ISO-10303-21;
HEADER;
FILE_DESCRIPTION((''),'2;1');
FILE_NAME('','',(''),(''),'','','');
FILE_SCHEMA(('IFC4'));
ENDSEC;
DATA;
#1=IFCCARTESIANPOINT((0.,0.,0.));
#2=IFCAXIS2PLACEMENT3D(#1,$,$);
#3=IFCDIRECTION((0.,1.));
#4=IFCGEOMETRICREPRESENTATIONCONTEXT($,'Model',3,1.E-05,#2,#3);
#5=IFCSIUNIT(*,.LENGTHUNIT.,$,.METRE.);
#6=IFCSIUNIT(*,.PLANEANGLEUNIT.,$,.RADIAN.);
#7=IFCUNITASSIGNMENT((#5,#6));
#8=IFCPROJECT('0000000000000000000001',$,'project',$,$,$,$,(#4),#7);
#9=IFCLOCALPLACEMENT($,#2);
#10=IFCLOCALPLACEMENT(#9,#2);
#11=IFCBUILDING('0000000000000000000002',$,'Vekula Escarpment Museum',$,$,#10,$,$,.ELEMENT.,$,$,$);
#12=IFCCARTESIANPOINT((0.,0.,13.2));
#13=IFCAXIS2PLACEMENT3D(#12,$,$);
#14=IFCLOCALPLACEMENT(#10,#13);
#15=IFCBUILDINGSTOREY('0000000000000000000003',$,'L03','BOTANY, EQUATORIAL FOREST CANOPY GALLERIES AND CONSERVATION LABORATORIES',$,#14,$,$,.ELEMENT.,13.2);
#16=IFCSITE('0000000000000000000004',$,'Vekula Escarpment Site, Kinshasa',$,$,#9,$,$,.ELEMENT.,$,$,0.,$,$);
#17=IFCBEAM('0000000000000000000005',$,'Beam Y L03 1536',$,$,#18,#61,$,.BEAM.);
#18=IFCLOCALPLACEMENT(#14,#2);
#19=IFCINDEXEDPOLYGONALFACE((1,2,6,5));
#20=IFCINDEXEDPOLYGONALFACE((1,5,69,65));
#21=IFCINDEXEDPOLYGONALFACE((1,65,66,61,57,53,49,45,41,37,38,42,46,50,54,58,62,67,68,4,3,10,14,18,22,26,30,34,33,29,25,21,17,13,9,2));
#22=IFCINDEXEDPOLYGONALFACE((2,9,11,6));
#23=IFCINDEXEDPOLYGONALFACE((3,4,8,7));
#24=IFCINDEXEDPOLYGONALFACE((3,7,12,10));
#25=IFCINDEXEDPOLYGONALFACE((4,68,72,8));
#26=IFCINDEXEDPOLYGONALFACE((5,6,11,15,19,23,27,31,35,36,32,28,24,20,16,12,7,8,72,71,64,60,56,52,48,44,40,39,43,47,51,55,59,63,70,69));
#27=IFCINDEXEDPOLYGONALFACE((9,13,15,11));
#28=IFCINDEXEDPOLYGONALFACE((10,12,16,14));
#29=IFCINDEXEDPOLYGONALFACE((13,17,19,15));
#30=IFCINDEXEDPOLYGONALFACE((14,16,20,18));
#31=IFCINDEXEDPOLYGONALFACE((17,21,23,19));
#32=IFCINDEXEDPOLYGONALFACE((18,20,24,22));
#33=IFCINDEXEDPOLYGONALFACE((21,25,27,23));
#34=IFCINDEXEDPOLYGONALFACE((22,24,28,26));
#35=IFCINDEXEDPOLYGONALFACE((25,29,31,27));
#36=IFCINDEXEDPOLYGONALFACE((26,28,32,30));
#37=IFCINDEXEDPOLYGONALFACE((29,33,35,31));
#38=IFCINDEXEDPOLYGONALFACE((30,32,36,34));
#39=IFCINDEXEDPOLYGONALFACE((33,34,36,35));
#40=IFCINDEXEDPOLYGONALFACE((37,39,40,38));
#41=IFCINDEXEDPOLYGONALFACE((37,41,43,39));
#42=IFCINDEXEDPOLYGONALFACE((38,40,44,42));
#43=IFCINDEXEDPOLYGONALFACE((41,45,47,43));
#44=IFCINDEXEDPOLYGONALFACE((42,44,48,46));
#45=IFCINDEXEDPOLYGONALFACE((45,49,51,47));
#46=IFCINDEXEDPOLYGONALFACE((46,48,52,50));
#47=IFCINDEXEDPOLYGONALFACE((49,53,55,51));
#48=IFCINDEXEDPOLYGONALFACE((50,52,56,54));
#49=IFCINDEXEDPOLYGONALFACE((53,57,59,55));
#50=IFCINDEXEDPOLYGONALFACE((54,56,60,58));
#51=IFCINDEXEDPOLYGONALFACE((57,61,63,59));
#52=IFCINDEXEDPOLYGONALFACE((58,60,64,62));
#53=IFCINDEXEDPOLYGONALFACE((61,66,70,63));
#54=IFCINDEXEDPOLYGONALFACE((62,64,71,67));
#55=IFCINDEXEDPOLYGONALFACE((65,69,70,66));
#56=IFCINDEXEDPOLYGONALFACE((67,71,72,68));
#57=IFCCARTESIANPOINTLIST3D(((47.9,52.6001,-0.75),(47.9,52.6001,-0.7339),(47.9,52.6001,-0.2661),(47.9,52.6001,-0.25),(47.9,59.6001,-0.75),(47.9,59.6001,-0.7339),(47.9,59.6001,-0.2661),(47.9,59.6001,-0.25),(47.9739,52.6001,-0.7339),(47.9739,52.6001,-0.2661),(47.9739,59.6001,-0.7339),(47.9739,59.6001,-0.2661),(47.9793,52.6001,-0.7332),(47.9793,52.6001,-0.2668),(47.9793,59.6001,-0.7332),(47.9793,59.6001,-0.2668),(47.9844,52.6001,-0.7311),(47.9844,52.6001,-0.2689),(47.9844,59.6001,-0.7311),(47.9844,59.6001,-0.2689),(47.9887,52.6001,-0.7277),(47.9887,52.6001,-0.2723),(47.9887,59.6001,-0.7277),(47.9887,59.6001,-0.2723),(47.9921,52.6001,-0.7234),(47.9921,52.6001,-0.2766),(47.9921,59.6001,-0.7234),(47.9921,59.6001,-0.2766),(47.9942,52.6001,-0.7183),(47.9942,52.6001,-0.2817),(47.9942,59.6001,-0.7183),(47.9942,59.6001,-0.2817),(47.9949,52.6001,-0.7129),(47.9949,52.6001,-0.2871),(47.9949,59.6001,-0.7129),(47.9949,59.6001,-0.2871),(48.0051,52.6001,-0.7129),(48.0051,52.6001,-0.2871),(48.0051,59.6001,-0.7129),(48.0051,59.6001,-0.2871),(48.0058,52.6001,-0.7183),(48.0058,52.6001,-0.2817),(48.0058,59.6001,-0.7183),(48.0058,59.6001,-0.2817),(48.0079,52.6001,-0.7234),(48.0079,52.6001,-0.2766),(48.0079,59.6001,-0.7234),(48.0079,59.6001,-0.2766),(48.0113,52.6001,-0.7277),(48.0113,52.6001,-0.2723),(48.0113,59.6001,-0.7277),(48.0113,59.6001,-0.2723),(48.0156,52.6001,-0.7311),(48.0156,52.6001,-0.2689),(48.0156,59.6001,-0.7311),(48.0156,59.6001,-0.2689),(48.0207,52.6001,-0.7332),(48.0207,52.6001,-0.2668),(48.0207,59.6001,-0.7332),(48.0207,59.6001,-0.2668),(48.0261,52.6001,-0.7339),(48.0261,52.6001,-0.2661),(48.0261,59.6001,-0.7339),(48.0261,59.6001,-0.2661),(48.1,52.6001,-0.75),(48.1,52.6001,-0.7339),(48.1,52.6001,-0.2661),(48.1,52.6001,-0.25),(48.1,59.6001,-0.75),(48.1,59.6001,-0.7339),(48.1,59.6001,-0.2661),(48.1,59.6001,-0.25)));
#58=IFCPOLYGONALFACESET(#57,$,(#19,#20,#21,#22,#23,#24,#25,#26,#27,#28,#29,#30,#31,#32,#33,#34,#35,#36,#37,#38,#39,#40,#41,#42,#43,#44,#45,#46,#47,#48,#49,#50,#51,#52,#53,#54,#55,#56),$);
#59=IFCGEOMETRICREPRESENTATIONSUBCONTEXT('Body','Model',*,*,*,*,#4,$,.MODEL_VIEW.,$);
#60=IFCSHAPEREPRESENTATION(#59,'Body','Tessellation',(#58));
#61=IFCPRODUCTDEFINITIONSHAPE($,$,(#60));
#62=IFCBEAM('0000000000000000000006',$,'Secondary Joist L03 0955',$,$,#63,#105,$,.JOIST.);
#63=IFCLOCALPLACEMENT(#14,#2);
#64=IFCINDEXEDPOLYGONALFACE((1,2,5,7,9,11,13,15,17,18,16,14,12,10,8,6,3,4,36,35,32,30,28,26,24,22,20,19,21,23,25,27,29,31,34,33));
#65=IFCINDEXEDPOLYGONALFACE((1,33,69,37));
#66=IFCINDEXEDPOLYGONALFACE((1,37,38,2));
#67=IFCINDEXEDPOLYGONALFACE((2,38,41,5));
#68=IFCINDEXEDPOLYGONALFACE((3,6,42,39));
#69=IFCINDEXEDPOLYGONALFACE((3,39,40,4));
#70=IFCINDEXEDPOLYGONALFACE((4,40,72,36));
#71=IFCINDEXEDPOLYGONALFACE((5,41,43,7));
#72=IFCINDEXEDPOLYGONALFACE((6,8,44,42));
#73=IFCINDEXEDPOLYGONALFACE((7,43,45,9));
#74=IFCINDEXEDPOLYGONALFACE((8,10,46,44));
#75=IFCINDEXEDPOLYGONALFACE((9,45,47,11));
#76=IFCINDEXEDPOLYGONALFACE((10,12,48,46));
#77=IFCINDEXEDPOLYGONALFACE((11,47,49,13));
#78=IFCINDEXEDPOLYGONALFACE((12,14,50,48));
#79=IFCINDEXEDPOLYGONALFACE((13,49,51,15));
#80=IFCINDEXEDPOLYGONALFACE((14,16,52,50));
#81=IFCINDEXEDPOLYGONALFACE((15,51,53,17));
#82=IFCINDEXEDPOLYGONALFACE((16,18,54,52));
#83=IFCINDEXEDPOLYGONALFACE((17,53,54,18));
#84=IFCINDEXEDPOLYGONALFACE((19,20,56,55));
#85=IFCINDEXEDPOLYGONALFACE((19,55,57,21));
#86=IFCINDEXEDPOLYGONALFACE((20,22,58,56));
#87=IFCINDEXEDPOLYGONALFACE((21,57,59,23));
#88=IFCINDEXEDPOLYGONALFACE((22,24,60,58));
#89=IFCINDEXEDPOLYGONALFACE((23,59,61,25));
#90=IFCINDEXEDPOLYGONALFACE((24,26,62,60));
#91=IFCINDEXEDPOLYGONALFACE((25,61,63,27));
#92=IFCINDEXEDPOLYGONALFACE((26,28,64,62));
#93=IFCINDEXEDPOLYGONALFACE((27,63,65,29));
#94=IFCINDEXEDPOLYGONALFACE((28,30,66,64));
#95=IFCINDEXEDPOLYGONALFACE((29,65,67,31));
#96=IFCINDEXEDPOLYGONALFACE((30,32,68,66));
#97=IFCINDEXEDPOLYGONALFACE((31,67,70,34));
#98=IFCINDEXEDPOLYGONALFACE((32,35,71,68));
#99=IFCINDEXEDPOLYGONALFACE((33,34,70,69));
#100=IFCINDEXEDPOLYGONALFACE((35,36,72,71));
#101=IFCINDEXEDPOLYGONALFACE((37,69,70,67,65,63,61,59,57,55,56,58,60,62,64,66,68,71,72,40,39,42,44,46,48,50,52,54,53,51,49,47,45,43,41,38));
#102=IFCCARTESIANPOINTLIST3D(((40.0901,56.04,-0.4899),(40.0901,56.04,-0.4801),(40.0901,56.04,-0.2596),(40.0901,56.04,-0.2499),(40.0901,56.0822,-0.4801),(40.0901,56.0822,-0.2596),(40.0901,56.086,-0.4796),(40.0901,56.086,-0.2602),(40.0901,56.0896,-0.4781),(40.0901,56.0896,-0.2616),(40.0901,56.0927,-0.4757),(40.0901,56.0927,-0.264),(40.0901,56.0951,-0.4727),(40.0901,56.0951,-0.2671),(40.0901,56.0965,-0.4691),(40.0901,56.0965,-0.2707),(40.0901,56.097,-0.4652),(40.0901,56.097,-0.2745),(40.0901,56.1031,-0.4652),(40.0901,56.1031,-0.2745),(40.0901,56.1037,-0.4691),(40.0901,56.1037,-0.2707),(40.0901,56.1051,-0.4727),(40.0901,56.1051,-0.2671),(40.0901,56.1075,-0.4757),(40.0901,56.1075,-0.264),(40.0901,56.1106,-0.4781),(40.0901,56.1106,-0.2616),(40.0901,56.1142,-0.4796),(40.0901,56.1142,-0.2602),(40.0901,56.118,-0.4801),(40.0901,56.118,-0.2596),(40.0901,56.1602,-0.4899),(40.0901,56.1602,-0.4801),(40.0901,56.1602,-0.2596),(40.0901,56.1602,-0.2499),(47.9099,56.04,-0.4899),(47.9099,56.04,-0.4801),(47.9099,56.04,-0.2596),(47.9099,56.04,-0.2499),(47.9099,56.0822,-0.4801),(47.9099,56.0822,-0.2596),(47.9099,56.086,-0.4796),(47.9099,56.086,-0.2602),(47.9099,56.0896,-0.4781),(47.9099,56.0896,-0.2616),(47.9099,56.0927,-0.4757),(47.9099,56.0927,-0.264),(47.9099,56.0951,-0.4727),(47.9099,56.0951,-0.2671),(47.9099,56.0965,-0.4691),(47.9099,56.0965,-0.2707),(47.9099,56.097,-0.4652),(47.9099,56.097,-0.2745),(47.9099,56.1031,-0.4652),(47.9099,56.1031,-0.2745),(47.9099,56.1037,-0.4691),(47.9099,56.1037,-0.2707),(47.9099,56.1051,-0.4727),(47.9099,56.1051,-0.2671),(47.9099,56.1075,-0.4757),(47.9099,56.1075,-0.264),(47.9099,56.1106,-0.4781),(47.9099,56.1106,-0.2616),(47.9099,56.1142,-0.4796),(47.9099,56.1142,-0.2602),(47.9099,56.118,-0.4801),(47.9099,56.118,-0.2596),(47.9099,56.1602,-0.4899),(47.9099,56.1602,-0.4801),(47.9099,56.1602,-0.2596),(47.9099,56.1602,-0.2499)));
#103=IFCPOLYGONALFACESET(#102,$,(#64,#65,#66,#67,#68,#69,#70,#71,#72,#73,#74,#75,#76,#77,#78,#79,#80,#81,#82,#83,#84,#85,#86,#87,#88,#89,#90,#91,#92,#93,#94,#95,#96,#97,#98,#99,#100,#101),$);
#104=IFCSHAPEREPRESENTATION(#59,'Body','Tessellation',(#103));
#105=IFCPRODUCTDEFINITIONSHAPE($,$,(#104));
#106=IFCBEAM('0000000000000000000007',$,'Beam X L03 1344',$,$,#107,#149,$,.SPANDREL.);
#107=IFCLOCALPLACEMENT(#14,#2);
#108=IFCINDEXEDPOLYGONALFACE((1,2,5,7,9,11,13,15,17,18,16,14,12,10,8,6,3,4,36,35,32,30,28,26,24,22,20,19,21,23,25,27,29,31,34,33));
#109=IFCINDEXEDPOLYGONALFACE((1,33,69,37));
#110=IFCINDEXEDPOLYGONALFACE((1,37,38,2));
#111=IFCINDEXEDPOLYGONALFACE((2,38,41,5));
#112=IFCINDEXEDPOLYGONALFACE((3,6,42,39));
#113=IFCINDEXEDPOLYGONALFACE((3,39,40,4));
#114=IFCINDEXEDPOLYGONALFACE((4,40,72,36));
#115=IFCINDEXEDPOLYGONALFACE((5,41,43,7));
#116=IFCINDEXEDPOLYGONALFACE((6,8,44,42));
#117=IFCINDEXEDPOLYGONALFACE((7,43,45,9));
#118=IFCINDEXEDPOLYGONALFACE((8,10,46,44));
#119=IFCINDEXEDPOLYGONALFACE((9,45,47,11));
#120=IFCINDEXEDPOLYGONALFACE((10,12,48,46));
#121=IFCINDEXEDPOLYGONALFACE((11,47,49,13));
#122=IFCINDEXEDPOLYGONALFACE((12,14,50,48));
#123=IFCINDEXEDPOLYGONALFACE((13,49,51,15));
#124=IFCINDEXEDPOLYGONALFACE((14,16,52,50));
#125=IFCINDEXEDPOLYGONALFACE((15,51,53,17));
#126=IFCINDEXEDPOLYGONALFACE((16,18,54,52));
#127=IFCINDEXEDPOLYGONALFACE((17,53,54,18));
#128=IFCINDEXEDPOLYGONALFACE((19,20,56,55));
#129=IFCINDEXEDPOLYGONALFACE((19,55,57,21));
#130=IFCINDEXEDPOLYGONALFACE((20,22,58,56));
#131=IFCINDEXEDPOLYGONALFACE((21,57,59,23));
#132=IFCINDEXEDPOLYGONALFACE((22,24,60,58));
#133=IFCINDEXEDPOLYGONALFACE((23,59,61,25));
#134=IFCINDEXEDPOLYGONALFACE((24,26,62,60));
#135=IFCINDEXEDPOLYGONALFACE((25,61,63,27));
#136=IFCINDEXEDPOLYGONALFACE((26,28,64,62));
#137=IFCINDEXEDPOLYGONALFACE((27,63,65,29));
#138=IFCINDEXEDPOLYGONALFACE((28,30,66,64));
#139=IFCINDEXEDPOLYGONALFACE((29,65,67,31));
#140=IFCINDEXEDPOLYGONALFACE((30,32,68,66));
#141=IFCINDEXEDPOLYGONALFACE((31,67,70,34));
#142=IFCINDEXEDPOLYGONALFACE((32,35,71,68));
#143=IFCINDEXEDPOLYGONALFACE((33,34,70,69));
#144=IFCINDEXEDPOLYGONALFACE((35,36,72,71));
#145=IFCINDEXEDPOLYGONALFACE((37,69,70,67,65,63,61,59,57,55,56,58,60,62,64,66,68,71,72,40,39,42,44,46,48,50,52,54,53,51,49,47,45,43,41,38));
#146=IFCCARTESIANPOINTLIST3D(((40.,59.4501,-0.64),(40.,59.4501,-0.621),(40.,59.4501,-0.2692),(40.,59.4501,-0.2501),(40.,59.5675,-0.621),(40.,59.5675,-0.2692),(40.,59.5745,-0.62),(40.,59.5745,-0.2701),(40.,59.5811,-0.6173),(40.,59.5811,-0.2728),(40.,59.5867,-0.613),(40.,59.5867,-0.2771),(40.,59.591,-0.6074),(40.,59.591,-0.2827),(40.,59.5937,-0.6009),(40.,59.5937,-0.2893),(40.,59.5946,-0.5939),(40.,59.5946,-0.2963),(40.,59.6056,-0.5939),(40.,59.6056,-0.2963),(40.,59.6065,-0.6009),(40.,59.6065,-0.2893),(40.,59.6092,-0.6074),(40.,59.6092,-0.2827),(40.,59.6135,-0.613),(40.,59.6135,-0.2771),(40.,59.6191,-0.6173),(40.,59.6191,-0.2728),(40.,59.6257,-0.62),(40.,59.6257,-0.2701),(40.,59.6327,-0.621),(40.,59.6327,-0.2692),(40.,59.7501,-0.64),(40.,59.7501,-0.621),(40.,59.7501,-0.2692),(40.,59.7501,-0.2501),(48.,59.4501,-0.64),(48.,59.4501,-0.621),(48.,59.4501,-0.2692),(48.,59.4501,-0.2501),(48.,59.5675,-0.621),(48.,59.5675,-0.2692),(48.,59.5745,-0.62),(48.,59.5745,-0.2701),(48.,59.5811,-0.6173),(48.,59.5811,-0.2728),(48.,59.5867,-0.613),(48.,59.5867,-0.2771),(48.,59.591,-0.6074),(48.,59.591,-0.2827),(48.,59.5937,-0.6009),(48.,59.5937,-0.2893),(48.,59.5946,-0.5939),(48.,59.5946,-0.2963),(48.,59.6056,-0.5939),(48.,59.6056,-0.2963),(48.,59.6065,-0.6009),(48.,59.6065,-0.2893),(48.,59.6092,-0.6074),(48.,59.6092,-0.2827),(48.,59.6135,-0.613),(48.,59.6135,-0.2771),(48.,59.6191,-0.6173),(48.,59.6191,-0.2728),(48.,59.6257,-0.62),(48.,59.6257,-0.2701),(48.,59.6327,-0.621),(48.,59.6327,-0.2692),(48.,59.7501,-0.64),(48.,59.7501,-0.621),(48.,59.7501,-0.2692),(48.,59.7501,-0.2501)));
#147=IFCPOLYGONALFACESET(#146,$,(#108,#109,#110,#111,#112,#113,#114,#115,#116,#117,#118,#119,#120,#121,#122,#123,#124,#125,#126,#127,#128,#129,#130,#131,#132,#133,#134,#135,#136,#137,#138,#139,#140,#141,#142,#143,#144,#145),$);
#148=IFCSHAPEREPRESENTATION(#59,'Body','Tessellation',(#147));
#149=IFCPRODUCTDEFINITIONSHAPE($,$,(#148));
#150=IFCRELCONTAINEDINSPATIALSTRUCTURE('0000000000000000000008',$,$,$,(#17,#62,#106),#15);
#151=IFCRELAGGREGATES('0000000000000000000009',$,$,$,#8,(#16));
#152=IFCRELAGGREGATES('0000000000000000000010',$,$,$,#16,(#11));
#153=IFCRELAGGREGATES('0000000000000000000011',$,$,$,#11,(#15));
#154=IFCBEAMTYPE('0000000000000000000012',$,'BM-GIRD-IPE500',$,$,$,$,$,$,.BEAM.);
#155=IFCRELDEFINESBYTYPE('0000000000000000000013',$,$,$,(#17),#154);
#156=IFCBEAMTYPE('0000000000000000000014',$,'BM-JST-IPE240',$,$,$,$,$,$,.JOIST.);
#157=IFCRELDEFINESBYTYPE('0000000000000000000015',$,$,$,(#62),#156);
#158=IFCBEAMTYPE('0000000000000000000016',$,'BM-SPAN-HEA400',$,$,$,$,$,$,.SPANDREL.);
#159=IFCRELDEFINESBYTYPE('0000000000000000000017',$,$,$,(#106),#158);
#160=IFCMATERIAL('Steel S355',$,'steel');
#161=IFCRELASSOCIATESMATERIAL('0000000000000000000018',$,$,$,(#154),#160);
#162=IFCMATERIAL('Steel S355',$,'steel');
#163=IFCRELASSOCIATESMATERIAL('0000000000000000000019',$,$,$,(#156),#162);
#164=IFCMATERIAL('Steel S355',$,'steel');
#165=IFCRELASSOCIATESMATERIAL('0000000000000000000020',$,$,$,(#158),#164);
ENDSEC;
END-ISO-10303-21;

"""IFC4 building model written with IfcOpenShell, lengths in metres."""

from ifc_helpers import new_model, si_unit, direction, frame, origin, origin_2d, place, context, subcontext, project, spatial, i_section, extrude, material, material_profile, profile_set, type_object, element, save


model = new_model("IFC4")

# Units and contexts
model_context = context("Model", 3, precision=1e-05, world=origin(), true_north=direction((0.0, 1.0)))
body_context = subcontext(model_context, "Body", "Model", "MODEL_VIEW")
ifc_project = project(units=[si_unit("LENGTHUNIT", "METRE"), si_unit("PLANEANGLEUNIT", "RADIAN")], contexts=[model_context])

# Site, building, storey
site_placement = place(None, origin())
site = spatial("IfcSite", under=ifc_project, at=site_placement, Name="Vekula Escarpment Site, Kinshasa", CompositionType="ELEMENT", RefElevation=0.0)
building_placement = place(site_placement, origin())
building = spatial("IfcBuilding", under=site, at=building_placement, Name="Vekula Escarpment Museum", CompositionType="ELEMENT")
storey_placement = place(building_placement, frame((0.0, 0.0, 13.2)))
storey = spatial("IfcBuildingStorey", under=building, at=storey_placement, Name="L03", Description="BOTANY, EQUATORIAL FOREST CANOPY GALLERIES AND CONSERVATION LABORATORIES", CompositionType="ELEMENT", Elevation=13.2)

# Beams
ifc_material_1 = material(Name="Steel S355", Category="steel")
ifc_material_profile_1 = material_profile(ifc_material_1, i_section(OverallWidth=0.2, OverallDepth=0.5, WebThickness=0.0103, FlangeThickness=0.0161, FilletRadius=0.021, at=origin_2d()), Name="IPE 500")
ifc_profile_set_1 = profile_set([ifc_material_profile_1], Name="Steel S355")
beam_type_1 = type_object("IfcBeamType", Name="BM-GIRD-IPE500", PredefinedType="BEAM", material=ifc_profile_set_1)
beam_1_placement = place(storey_placement, frame((48.0, 52.6001, -0.5), z_axis=(0.0, 1.0, 0.0), x_axis=(-1.0, 0.0, 0.0)))
element("IfcBeam", 1, at=beam_1_placement, inside=storey, type_object=beam_type_1, Name="Beam Y L03 1536", PredefinedType="BEAM", context=body_context, shape_type="SweptSolid", body=[
    extrude(i_section(OverallWidth=0.2, OverallDepth=0.5, WebThickness=0.0103, FlangeThickness=0.0161, FilletRadius=0.021, at=origin_2d()), origin(), (0.0, 0.0, 1.0), 7.0),
])
ifc_material_2 = material(Name="Steel S355", Category="steel")
ifc_material_profile_2 = material_profile(ifc_material_2, i_section(OverallWidth=0.1201, OverallDepth=0.24, WebThickness=0.0061, FlangeThickness=0.0098, FilletRadius=0.0149, at=origin_2d()), Name="IPE 240")
ifc_profile_set_2 = profile_set([ifc_material_profile_2], Name="Steel S355")
beam_type_2 = type_object("IfcBeamType", Name="BM-JST-IPE240", PredefinedType="JOIST", material=ifc_profile_set_2)
beam_2_placement = place(storey_placement, frame((40.0901, 56.1001, -0.3699), z_axis=(1.0, 0.0, 0.0), x_axis=(0.0, 1.0, 0.0)))
element("IfcBeam", 2, at=beam_2_placement, inside=storey, type_object=beam_type_2, Name="Secondary Joist L03 0955", PredefinedType="JOIST", context=body_context, shape_type="SweptSolid", body=[
    extrude(i_section(OverallWidth=0.1201, OverallDepth=0.24, WebThickness=0.0061, FlangeThickness=0.0098, FilletRadius=0.0149, at=origin_2d()), origin(), (0.0, 0.0, 1.0), 7.8198),
])
ifc_material_3 = material(Name="Steel S355", Category="steel")
ifc_material_profile_3 = material_profile(ifc_material_3, i_section(OverallWidth=0.3, OverallDepth=0.3899, WebThickness=0.011, FlangeThickness=0.019, FilletRadius=0.0271, at=origin_2d()), Name="HEA 400")
ifc_profile_set_3 = profile_set([ifc_material_profile_3], Name="Steel S355")
beam_type_3 = type_object("IfcBeamType", Name="BM-SPAN-HEA400", PredefinedType="SPANDREL", material=ifc_profile_set_3)
beam_3_placement = place(storey_placement, frame((40.0, 59.6001, -0.4451), z_axis=(1.0, 0.0, 0.0), x_axis=(0.0, 1.0, 0.0)))
element("IfcBeam", 3, at=beam_3_placement, inside=storey, type_object=beam_type_3, Name="Beam X L03 1344", PredefinedType="SPANDREL", context=body_context, shape_type="SweptSolid", body=[
    extrude(i_section(OverallWidth=0.3, OverallDepth=0.3899, WebThickness=0.011, FlangeThickness=0.019, FilletRadius=0.0271, at=origin_2d()), origin(), (0.0, 0.0, 1.0), 8.0),
])

save(model, "model.ifc")
